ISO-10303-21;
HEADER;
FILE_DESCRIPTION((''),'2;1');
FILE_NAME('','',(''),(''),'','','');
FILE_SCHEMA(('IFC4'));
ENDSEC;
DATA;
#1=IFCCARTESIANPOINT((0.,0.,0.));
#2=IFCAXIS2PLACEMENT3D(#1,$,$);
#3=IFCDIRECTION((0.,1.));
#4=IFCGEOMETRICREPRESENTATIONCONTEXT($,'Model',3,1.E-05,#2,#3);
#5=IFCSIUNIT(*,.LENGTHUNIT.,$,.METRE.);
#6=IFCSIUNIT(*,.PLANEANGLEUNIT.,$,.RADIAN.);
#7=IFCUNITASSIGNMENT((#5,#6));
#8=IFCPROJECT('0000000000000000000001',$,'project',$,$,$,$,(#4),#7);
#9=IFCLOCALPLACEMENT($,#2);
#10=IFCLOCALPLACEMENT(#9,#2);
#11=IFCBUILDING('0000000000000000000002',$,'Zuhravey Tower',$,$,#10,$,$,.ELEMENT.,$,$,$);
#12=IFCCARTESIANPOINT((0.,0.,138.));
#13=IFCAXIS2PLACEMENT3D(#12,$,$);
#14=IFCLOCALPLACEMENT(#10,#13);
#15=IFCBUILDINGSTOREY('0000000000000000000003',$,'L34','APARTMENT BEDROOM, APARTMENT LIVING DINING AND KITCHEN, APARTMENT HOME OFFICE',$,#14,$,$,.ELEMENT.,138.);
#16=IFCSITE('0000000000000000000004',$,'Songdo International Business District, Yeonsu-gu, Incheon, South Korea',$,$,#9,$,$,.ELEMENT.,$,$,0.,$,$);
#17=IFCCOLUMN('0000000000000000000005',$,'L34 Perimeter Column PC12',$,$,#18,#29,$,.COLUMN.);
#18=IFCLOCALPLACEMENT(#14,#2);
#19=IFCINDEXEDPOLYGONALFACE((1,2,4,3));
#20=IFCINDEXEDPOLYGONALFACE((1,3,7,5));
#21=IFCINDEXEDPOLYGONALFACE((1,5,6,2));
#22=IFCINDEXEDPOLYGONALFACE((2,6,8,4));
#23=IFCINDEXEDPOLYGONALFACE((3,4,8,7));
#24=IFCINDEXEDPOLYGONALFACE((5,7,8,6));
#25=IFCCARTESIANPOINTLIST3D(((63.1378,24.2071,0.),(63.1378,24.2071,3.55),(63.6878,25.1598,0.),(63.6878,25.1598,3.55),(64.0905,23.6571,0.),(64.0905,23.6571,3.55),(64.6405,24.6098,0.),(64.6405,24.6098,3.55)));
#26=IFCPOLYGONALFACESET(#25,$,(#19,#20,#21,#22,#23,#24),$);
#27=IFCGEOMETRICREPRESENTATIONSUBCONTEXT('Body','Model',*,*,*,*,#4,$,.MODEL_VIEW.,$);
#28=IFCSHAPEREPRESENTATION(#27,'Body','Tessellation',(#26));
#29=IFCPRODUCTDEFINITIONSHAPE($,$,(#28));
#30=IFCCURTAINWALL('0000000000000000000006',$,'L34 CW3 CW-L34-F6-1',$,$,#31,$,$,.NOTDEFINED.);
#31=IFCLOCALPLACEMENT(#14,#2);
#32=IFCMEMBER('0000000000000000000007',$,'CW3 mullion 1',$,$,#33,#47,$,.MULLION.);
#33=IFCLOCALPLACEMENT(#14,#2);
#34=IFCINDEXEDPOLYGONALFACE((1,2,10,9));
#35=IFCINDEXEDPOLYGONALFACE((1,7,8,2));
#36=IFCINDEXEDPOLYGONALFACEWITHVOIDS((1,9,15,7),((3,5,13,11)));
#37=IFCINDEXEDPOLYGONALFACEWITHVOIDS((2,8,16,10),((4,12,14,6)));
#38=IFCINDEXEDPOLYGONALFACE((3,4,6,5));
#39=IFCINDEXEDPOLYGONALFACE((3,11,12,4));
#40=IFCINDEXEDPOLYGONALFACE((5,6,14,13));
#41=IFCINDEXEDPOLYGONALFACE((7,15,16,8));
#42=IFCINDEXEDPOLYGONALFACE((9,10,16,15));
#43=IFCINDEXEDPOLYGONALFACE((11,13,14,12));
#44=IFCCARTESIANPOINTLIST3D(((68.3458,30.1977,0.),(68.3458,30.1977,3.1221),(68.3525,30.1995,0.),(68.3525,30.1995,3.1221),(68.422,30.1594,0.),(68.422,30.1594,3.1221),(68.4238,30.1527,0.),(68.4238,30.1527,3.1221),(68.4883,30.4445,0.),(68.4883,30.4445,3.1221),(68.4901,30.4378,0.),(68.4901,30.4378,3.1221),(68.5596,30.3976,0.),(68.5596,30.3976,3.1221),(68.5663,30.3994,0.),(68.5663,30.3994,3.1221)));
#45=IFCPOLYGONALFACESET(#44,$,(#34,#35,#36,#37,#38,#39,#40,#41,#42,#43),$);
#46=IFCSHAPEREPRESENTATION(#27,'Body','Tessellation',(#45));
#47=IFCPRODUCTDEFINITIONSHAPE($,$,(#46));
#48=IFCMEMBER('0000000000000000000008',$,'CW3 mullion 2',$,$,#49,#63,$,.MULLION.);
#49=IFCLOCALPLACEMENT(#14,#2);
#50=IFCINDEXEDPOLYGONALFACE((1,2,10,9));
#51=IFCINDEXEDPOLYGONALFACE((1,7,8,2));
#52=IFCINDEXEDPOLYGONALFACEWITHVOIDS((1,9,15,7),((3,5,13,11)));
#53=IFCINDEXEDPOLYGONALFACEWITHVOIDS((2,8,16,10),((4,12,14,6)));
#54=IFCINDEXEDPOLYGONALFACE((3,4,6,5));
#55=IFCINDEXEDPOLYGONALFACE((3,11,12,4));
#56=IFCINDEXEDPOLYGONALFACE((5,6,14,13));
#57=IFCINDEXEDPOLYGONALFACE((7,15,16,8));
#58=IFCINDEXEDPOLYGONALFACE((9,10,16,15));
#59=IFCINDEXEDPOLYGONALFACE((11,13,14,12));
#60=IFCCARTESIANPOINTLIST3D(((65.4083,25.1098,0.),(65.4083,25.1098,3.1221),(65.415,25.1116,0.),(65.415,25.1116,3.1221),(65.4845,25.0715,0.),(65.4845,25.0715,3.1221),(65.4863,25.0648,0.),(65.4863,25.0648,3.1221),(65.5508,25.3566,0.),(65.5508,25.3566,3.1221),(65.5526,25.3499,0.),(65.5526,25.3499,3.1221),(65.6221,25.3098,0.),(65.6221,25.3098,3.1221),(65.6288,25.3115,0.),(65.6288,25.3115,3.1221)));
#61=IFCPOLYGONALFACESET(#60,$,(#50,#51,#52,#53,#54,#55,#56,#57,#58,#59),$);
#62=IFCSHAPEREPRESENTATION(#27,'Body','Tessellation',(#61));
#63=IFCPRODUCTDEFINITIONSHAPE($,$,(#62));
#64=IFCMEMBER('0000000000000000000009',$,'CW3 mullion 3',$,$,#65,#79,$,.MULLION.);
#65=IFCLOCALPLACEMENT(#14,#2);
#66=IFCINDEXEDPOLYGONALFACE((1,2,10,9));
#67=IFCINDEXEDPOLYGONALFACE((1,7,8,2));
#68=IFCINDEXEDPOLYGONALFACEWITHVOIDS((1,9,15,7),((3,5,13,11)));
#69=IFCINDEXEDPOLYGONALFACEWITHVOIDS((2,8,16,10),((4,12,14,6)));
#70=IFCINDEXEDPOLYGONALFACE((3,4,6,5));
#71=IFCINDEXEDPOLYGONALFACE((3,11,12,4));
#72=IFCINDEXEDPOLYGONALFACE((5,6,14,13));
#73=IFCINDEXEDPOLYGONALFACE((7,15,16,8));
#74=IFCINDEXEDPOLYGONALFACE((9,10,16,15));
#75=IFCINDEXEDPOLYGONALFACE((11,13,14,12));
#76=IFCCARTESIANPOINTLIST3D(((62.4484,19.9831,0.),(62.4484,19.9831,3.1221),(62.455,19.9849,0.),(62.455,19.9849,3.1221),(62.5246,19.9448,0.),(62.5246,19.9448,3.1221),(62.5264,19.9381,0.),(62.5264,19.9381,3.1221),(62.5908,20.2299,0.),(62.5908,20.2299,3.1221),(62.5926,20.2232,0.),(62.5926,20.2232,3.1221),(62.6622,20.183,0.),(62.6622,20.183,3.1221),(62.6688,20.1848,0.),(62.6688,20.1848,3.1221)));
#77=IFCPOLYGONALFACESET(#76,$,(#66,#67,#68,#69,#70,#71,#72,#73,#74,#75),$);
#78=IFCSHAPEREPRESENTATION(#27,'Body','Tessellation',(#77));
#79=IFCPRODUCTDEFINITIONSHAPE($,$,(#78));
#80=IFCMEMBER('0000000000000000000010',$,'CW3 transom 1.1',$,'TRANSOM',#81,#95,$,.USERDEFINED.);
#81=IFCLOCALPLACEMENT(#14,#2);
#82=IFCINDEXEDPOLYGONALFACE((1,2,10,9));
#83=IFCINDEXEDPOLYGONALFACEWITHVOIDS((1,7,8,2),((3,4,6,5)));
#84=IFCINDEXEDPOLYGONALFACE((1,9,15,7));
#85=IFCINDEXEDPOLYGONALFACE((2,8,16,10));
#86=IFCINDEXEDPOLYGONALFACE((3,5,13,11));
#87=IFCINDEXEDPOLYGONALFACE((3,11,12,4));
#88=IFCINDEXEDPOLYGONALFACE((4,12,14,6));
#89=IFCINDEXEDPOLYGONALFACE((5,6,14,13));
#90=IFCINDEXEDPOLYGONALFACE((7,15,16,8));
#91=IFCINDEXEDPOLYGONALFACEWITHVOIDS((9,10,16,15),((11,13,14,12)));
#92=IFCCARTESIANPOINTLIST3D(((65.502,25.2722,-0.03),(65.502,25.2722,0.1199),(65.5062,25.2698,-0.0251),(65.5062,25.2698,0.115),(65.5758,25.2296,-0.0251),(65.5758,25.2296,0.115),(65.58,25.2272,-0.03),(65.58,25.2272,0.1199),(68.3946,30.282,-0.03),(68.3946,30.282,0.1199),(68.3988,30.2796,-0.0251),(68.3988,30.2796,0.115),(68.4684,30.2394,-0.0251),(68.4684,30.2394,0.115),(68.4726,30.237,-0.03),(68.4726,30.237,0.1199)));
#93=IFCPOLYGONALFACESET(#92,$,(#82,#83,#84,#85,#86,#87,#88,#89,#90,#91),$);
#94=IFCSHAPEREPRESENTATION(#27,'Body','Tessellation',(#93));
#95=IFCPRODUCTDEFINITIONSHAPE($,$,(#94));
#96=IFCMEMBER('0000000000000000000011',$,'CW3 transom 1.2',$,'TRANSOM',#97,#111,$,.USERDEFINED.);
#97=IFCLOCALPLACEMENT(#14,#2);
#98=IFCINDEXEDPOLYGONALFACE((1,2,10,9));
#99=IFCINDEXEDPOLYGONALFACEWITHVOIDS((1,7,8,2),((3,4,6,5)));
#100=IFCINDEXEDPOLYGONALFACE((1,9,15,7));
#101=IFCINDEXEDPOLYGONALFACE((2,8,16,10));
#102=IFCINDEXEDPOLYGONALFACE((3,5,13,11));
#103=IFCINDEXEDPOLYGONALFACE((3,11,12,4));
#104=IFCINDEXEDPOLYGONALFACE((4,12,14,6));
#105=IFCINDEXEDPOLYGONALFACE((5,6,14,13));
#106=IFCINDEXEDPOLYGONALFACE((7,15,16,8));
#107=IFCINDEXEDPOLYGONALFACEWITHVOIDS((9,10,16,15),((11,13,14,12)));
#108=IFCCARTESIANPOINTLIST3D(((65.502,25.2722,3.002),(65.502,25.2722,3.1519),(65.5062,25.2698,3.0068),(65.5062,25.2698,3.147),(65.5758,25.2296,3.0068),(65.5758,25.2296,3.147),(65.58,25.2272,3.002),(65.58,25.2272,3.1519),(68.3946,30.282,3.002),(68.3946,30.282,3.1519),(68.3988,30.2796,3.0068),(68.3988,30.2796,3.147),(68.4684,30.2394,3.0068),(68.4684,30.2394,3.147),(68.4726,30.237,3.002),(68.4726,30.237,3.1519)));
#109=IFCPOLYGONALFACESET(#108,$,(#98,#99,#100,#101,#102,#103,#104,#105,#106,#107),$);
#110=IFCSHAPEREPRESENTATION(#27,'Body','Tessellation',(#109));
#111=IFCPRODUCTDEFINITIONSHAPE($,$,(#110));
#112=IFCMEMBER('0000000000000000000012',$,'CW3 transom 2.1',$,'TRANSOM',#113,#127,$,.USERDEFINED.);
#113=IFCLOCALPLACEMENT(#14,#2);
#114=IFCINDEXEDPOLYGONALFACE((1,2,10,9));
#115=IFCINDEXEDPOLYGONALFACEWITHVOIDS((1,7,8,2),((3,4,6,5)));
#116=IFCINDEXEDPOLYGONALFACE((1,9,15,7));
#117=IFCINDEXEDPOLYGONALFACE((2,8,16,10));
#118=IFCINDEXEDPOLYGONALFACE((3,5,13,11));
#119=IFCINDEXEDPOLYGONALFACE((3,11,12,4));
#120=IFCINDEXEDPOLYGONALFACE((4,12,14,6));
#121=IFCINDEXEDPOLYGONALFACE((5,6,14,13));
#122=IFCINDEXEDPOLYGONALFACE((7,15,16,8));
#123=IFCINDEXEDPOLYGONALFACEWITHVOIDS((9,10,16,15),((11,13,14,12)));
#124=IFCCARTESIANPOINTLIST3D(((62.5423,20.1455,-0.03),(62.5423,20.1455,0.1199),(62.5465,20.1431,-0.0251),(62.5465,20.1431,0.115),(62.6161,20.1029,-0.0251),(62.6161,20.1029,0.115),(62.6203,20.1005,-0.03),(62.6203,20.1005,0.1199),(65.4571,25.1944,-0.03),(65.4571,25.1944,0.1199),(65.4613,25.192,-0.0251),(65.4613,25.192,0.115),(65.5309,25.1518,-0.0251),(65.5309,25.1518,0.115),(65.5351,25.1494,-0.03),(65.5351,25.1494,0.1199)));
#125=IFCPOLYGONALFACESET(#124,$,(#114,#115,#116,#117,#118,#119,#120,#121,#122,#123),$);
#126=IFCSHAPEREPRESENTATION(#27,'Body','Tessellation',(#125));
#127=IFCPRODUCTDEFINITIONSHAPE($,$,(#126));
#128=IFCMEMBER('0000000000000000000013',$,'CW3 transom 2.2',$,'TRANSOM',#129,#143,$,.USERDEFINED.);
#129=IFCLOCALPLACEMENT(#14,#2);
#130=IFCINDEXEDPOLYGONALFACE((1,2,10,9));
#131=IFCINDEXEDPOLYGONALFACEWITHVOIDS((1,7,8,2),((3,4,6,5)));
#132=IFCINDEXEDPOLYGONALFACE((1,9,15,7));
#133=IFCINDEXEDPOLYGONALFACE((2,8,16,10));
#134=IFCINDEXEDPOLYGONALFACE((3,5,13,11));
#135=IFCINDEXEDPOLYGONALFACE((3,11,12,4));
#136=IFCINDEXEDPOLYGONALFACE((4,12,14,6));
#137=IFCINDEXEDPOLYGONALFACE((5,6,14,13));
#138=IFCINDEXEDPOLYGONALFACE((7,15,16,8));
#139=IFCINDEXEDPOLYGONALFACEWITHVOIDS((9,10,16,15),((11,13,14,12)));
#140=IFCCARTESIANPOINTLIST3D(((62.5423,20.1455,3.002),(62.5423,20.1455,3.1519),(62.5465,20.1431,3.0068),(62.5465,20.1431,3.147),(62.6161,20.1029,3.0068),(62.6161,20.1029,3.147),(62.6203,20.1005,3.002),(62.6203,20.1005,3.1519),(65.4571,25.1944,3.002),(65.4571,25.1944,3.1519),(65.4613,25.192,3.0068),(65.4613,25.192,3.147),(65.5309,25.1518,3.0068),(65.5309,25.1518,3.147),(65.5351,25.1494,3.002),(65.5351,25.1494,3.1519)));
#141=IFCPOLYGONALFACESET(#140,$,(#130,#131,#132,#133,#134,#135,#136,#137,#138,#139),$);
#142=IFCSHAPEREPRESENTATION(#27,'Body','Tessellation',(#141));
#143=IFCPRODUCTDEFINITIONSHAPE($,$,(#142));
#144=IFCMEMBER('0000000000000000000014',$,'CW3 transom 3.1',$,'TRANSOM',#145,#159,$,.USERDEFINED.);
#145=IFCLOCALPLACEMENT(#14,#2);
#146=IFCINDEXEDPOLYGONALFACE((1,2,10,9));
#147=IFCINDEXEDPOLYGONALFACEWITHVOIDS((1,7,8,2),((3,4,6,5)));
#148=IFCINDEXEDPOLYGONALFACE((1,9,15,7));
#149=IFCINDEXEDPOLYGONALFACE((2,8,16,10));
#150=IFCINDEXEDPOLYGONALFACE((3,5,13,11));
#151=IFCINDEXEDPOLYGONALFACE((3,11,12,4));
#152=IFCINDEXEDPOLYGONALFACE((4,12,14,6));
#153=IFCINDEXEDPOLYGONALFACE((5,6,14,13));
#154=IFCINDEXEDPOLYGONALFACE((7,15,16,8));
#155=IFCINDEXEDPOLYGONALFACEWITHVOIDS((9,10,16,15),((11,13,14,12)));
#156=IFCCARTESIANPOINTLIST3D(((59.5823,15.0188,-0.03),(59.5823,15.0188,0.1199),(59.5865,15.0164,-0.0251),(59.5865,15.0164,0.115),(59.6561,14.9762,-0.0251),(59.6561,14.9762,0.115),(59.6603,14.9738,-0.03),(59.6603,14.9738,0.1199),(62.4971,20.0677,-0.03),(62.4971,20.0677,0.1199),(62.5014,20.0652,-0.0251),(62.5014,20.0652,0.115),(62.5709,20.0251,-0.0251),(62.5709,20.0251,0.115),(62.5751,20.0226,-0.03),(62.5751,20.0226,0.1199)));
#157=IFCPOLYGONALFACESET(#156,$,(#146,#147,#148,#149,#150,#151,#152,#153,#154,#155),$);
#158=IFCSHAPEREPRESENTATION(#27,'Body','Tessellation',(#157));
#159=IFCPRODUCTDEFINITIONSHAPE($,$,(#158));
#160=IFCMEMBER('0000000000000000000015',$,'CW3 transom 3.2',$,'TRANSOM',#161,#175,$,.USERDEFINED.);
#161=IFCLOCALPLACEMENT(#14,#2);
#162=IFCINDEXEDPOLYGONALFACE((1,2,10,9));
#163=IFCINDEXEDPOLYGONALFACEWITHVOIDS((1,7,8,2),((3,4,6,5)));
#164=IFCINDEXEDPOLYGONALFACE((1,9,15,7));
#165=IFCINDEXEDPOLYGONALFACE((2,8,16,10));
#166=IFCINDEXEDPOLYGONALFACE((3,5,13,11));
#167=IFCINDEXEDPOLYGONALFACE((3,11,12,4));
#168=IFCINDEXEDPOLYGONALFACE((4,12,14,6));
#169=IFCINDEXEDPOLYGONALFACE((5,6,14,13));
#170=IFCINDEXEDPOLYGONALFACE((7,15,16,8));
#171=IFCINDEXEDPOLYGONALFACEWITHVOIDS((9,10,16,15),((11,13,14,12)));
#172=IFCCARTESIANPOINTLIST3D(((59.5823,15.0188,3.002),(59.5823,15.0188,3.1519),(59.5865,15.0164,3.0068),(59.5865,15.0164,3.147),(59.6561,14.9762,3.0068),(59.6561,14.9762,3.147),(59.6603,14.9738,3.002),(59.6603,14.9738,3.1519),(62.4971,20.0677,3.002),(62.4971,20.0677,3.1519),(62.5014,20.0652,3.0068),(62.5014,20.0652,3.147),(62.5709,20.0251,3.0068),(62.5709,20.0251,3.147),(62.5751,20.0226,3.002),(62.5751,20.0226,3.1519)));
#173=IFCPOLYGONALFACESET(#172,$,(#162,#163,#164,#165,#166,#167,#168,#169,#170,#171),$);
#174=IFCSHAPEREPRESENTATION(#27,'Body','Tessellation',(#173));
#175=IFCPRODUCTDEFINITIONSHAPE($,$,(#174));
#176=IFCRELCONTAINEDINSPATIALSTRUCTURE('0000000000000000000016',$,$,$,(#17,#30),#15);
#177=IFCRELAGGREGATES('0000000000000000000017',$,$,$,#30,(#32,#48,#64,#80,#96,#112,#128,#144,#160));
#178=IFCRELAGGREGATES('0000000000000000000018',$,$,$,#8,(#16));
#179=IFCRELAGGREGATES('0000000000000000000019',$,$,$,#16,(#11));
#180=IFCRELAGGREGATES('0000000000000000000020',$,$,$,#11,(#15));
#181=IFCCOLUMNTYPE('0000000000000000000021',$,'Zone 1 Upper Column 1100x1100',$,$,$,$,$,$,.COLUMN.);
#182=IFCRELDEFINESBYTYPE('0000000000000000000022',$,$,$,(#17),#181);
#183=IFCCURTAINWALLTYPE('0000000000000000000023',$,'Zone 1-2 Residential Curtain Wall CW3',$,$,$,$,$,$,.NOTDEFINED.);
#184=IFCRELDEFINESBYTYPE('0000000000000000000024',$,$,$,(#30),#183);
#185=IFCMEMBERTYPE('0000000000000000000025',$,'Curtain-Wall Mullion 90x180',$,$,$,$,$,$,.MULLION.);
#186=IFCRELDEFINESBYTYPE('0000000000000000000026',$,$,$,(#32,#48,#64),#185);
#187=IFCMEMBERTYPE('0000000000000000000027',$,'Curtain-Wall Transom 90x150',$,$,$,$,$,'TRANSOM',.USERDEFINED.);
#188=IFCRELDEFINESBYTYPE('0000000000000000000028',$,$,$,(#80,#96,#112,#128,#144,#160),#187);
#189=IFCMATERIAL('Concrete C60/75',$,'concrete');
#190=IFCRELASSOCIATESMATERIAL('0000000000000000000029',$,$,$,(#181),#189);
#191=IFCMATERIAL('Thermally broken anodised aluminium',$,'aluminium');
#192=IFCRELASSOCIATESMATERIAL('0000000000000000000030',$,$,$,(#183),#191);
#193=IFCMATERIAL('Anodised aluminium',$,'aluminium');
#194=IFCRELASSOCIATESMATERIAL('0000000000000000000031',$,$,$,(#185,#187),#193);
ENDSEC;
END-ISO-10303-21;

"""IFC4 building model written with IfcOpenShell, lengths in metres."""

from ifc_helpers import new_model, si_unit, direction, frame, origin, origin_2d, place, context, subcontext, project, spatial, rectangle, hollow_rectangle, extrude, material, material_profile, profile_set, type_object, element, aggregate, save


model = new_model("IFC4")

# Units and contexts
model_context = context("Model", 3, precision=1e-05, world=origin(), true_north=direction((0.0, 1.0)))
body_context = subcontext(model_context, "Body", "Model", "MODEL_VIEW")
ifc_project = project(units=[si_unit("LENGTHUNIT", "METRE"), si_unit("PLANEANGLEUNIT", "RADIAN")], contexts=[model_context])

# Site, building, storey
site_placement = place(None, origin())
site = spatial("IfcSite", under=ifc_project, at=site_placement, Name="Songdo International Business District, Yeonsu-gu, Incheon, South Korea", CompositionType="ELEMENT", RefElevation=0.0)
building_placement = place(site_placement, origin())
building = spatial("IfcBuilding", under=site, at=building_placement, Name="Zuhravey Tower", CompositionType="ELEMENT")
storey_placement = place(building_placement, frame((0.0, 0.0, 138.0)))
storey = spatial("IfcBuildingStorey", under=building, at=storey_placement, Name="L34", Description="APARTMENT BEDROOM, APARTMENT LIVING DINING AND KITCHEN, APARTMENT HOME OFFICE", CompositionType="ELEMENT", Elevation=138.0)

# Column
ifc_material_1 = material(Name="Concrete C60/75", Category="concrete")
ifc_material_profile_1 = material_profile(ifc_material_1, rectangle(XDim=1.1001, YDim=1.1001, at=origin_2d()), Name="RC-1100x1100")
ifc_profile_set_1 = profile_set([ifc_material_profile_1], Name="Concrete C60/75")
column_type = type_object("IfcColumnType", Name="Zone 1 Upper Column 1100x1100", PredefinedType="COLUMN", material=ifc_profile_set_1)
column_placement = place(storey_placement, frame((63.8892, 24.4084, 0.0), z_axis=(0.0, 0.0, 1.0), x_axis=(0.5, 0.866025, 0.0)))
element("IfcColumn", 1, at=column_placement, inside=storey, type_object=column_type, Name="L34 Perimeter Column PC12", PredefinedType="COLUMN", context=body_context, shape_type="SweptSolid", body=[
    extrude(rectangle(XDim=1.1001, YDim=1.1001, at=origin_2d()), origin(), (0.0, 0.0, 1.0), 3.55),
])

# Curtain wall, members
ifc_material_2 = material(Name="Thermally broken anodised aluminium", Category="aluminium")
curtain_wall_type = type_object("IfcCurtainWallType", Name="Zone 1-2 Residential Curtain Wall CW3", PredefinedType="NOTDEFINED", material=ifc_material_2)
curtain_wall_placement = place(storey_placement, origin())
curtain_wall = element("IfcCurtainWall", 2, at=curtain_wall_placement, inside=storey, type_object=curtain_wall_type, Name="L34 CW3 CW-L34-F6-1", PredefinedType="NOTDEFINED")
ifc_material_3 = material(Name="Anodised aluminium", Category="aluminium")
ifc_material_profile_2 = material_profile(ifc_material_3, hollow_rectangle(XDim=0.0901, YDim=0.2849, WallThickness=0.0049, at=origin_2d()), Name="ALU-RHS-90x285x5")
ifc_profile_set_2 = profile_set([ifc_material_profile_2], Name="Anodised aluminium")
member_type_1 = type_object("IfcMemberType", Name="Curtain-Wall Mullion 90x180", PredefinedType="MULLION", material=ifc_profile_set_2)
member_1_placement = place(storey_placement, frame((68.4561, 30.2986, 0.0), z_axis=(0.0, 0.0, 1.0), x_axis=(0.866026, -0.5, 0.0)))
member_1 = element("IfcMember", 3, at=member_1_placement, type_object=member_type_1, Name="CW3 mullion 1", PredefinedType="MULLION", context=body_context, shape_type="SweptSolid", body=[
    extrude(hollow_rectangle(XDim=0.0901, YDim=0.2849, WallThickness=0.0049, at=origin_2d()), origin(), (0.0, 0.0, 1.0), 3.1221),
])
member_2_placement = place(storey_placement, frame((65.5186, 25.2107, 0.0), z_axis=(0.0, 0.0, 1.0), x_axis=(0.866026, -0.5, 0.0)))
member_2 = element("IfcMember", 4, at=member_2_placement, type_object=member_type_1, Name="CW3 mullion 2", PredefinedType="MULLION", context=body_context, shape_type="SweptSolid", body=[
    extrude(hollow_rectangle(XDim=0.0901, YDim=0.2849, WallThickness=0.0049, at=origin_2d()), origin(), (0.0, 0.0, 1.0), 3.1221),
])
member_3_placement = place(storey_placement, frame((62.5586, 20.084, 0.0), z_axis=(0.0, 0.0, 1.0), x_axis=(0.866026, -0.5, 0.0)))
member_3 = element("IfcMember", 5, at=member_3_placement, type_object=member_type_1, Name="CW3 mullion 3", PredefinedType="MULLION", context=body_context, shape_type="SweptSolid", body=[
    extrude(hollow_rectangle(XDim=0.0901, YDim=0.2849, WallThickness=0.0049, at=origin_2d()), origin(), (0.0, 0.0, 1.0), 3.1221),
])
ifc_material_profile_3 = material_profile(ifc_material_3, hollow_rectangle(XDim=0.0901, YDim=0.1499, WallThickness=0.0049, at=origin_2d()), Name="ALU-RHS-90x150x5")
ifc_profile_set_3 = profile_set([ifc_material_profile_3], Name="Anodised aluminium")
member_type_2 = type_object("IfcMemberType", Name="Curtain-Wall Transom 90x150", ElementType="TRANSOM", PredefinedType="USERDEFINED", material=ifc_profile_set_3)
member_4_placement = place(storey_placement, frame((68.4336, 30.2595, 0.0449), z_axis=(-0.500024, -0.866011, 0.0), x_axis=(0.866011, -0.500024, 0.0)))
member_4 = element("IfcMember", 6, at=member_4_placement, type_object=member_type_2, Name="CW3 transom 1.1", ObjectType="TRANSOM", PredefinedType="USERDEFINED", context=body_context, shape_type="SweptSolid", body=[
    extrude(hollow_rectangle(XDim=0.0901, YDim=0.1499, WallThickness=0.0049, at=origin_2d()), origin(), (0.0, 0.0, 1.0), 5.7849),
])
member_5_placement = place(storey_placement, frame((68.4336, 30.2595, 3.0769), z_axis=(-0.500024, -0.866011, 0.0), x_axis=(0.866011, -0.500024, 0.0)))
member_5 = element("IfcMember", 7, at=member_5_placement, type_object=member_type_2, Name="CW3 transom 1.2", ObjectType="TRANSOM", PredefinedType="USERDEFINED", context=body_context, shape_type="SweptSolid", body=[
    extrude(hollow_rectangle(XDim=0.0901, YDim=0.1499, WallThickness=0.0049, at=origin_2d()), origin(), (0.0, 0.0, 1.0), 5.7849),
])
member_6_placement = place(storey_placement, frame((65.4961, 25.1719, 0.0449), z_axis=(-0.499981, -0.866036, 0.0), x_axis=(0.866036, -0.499981, 0.0)))
member_6 = element("IfcMember", 8, at=member_6_placement, type_object=member_type_2, Name="CW3 transom 2.1", ObjectType="TRANSOM", PredefinedType="USERDEFINED", context=body_context, shape_type="SweptSolid", body=[
    extrude(hollow_rectangle(XDim=0.0901, YDim=0.1499, WallThickness=0.0049, at=origin_2d()), origin(), (0.0, 0.0, 1.0), 5.8298),
])
member_7_placement = place(storey_placement, frame((65.4961, 25.1719, 3.0769), z_axis=(-0.499981, -0.866036, 0.0), x_axis=(0.866036, -0.499981, 0.0)))
member_7 = element("IfcMember", 9, at=member_7_placement, type_object=member_type_2, Name="CW3 transom 2.2", ObjectType="TRANSOM", PredefinedType="USERDEFINED", context=body_context, shape_type="SweptSolid", body=[
    extrude(hollow_rectangle(XDim=0.0901, YDim=0.1499, WallThickness=0.0049, at=origin_2d()), origin(), (0.0, 0.0, 1.0), 5.8298),
])
member_8_placement = place(storey_placement, frame((62.5361, 20.0452, 0.0449), z_axis=(-0.499981, -0.866036, 0.0), x_axis=(0.866036, -0.499981, 0.0)))
member_8 = element("IfcMember", 10, at=member_8_placement, type_object=member_type_2, Name="CW3 transom 3.1", ObjectType="TRANSOM", PredefinedType="USERDEFINED", context=body_context, shape_type="SweptSolid", body=[
    extrude(hollow_rectangle(XDim=0.0901, YDim=0.1499, WallThickness=0.0049, at=origin_2d()), origin(), (0.0, 0.0, 1.0), 5.8298),
])
member_9_placement = place(storey_placement, frame((62.5361, 20.0452, 3.0769), z_axis=(-0.499981, -0.866036, 0.0), x_axis=(0.866036, -0.499981, 0.0)))
member_9 = element("IfcMember", 11, at=member_9_placement, type_object=member_type_2, Name="CW3 transom 3.2", ObjectType="TRANSOM", PredefinedType="USERDEFINED", context=body_context, shape_type="SweptSolid", body=[
    extrude(hollow_rectangle(XDim=0.0901, YDim=0.1499, WallThickness=0.0049, at=origin_2d()), origin(), (0.0, 0.0, 1.0), 5.8298),
])

aggregate(curtain_wall, [member_1, member_2, member_3, member_4, member_5, member_6, member_7, member_8, member_9])

save(model, "model.ifc")
